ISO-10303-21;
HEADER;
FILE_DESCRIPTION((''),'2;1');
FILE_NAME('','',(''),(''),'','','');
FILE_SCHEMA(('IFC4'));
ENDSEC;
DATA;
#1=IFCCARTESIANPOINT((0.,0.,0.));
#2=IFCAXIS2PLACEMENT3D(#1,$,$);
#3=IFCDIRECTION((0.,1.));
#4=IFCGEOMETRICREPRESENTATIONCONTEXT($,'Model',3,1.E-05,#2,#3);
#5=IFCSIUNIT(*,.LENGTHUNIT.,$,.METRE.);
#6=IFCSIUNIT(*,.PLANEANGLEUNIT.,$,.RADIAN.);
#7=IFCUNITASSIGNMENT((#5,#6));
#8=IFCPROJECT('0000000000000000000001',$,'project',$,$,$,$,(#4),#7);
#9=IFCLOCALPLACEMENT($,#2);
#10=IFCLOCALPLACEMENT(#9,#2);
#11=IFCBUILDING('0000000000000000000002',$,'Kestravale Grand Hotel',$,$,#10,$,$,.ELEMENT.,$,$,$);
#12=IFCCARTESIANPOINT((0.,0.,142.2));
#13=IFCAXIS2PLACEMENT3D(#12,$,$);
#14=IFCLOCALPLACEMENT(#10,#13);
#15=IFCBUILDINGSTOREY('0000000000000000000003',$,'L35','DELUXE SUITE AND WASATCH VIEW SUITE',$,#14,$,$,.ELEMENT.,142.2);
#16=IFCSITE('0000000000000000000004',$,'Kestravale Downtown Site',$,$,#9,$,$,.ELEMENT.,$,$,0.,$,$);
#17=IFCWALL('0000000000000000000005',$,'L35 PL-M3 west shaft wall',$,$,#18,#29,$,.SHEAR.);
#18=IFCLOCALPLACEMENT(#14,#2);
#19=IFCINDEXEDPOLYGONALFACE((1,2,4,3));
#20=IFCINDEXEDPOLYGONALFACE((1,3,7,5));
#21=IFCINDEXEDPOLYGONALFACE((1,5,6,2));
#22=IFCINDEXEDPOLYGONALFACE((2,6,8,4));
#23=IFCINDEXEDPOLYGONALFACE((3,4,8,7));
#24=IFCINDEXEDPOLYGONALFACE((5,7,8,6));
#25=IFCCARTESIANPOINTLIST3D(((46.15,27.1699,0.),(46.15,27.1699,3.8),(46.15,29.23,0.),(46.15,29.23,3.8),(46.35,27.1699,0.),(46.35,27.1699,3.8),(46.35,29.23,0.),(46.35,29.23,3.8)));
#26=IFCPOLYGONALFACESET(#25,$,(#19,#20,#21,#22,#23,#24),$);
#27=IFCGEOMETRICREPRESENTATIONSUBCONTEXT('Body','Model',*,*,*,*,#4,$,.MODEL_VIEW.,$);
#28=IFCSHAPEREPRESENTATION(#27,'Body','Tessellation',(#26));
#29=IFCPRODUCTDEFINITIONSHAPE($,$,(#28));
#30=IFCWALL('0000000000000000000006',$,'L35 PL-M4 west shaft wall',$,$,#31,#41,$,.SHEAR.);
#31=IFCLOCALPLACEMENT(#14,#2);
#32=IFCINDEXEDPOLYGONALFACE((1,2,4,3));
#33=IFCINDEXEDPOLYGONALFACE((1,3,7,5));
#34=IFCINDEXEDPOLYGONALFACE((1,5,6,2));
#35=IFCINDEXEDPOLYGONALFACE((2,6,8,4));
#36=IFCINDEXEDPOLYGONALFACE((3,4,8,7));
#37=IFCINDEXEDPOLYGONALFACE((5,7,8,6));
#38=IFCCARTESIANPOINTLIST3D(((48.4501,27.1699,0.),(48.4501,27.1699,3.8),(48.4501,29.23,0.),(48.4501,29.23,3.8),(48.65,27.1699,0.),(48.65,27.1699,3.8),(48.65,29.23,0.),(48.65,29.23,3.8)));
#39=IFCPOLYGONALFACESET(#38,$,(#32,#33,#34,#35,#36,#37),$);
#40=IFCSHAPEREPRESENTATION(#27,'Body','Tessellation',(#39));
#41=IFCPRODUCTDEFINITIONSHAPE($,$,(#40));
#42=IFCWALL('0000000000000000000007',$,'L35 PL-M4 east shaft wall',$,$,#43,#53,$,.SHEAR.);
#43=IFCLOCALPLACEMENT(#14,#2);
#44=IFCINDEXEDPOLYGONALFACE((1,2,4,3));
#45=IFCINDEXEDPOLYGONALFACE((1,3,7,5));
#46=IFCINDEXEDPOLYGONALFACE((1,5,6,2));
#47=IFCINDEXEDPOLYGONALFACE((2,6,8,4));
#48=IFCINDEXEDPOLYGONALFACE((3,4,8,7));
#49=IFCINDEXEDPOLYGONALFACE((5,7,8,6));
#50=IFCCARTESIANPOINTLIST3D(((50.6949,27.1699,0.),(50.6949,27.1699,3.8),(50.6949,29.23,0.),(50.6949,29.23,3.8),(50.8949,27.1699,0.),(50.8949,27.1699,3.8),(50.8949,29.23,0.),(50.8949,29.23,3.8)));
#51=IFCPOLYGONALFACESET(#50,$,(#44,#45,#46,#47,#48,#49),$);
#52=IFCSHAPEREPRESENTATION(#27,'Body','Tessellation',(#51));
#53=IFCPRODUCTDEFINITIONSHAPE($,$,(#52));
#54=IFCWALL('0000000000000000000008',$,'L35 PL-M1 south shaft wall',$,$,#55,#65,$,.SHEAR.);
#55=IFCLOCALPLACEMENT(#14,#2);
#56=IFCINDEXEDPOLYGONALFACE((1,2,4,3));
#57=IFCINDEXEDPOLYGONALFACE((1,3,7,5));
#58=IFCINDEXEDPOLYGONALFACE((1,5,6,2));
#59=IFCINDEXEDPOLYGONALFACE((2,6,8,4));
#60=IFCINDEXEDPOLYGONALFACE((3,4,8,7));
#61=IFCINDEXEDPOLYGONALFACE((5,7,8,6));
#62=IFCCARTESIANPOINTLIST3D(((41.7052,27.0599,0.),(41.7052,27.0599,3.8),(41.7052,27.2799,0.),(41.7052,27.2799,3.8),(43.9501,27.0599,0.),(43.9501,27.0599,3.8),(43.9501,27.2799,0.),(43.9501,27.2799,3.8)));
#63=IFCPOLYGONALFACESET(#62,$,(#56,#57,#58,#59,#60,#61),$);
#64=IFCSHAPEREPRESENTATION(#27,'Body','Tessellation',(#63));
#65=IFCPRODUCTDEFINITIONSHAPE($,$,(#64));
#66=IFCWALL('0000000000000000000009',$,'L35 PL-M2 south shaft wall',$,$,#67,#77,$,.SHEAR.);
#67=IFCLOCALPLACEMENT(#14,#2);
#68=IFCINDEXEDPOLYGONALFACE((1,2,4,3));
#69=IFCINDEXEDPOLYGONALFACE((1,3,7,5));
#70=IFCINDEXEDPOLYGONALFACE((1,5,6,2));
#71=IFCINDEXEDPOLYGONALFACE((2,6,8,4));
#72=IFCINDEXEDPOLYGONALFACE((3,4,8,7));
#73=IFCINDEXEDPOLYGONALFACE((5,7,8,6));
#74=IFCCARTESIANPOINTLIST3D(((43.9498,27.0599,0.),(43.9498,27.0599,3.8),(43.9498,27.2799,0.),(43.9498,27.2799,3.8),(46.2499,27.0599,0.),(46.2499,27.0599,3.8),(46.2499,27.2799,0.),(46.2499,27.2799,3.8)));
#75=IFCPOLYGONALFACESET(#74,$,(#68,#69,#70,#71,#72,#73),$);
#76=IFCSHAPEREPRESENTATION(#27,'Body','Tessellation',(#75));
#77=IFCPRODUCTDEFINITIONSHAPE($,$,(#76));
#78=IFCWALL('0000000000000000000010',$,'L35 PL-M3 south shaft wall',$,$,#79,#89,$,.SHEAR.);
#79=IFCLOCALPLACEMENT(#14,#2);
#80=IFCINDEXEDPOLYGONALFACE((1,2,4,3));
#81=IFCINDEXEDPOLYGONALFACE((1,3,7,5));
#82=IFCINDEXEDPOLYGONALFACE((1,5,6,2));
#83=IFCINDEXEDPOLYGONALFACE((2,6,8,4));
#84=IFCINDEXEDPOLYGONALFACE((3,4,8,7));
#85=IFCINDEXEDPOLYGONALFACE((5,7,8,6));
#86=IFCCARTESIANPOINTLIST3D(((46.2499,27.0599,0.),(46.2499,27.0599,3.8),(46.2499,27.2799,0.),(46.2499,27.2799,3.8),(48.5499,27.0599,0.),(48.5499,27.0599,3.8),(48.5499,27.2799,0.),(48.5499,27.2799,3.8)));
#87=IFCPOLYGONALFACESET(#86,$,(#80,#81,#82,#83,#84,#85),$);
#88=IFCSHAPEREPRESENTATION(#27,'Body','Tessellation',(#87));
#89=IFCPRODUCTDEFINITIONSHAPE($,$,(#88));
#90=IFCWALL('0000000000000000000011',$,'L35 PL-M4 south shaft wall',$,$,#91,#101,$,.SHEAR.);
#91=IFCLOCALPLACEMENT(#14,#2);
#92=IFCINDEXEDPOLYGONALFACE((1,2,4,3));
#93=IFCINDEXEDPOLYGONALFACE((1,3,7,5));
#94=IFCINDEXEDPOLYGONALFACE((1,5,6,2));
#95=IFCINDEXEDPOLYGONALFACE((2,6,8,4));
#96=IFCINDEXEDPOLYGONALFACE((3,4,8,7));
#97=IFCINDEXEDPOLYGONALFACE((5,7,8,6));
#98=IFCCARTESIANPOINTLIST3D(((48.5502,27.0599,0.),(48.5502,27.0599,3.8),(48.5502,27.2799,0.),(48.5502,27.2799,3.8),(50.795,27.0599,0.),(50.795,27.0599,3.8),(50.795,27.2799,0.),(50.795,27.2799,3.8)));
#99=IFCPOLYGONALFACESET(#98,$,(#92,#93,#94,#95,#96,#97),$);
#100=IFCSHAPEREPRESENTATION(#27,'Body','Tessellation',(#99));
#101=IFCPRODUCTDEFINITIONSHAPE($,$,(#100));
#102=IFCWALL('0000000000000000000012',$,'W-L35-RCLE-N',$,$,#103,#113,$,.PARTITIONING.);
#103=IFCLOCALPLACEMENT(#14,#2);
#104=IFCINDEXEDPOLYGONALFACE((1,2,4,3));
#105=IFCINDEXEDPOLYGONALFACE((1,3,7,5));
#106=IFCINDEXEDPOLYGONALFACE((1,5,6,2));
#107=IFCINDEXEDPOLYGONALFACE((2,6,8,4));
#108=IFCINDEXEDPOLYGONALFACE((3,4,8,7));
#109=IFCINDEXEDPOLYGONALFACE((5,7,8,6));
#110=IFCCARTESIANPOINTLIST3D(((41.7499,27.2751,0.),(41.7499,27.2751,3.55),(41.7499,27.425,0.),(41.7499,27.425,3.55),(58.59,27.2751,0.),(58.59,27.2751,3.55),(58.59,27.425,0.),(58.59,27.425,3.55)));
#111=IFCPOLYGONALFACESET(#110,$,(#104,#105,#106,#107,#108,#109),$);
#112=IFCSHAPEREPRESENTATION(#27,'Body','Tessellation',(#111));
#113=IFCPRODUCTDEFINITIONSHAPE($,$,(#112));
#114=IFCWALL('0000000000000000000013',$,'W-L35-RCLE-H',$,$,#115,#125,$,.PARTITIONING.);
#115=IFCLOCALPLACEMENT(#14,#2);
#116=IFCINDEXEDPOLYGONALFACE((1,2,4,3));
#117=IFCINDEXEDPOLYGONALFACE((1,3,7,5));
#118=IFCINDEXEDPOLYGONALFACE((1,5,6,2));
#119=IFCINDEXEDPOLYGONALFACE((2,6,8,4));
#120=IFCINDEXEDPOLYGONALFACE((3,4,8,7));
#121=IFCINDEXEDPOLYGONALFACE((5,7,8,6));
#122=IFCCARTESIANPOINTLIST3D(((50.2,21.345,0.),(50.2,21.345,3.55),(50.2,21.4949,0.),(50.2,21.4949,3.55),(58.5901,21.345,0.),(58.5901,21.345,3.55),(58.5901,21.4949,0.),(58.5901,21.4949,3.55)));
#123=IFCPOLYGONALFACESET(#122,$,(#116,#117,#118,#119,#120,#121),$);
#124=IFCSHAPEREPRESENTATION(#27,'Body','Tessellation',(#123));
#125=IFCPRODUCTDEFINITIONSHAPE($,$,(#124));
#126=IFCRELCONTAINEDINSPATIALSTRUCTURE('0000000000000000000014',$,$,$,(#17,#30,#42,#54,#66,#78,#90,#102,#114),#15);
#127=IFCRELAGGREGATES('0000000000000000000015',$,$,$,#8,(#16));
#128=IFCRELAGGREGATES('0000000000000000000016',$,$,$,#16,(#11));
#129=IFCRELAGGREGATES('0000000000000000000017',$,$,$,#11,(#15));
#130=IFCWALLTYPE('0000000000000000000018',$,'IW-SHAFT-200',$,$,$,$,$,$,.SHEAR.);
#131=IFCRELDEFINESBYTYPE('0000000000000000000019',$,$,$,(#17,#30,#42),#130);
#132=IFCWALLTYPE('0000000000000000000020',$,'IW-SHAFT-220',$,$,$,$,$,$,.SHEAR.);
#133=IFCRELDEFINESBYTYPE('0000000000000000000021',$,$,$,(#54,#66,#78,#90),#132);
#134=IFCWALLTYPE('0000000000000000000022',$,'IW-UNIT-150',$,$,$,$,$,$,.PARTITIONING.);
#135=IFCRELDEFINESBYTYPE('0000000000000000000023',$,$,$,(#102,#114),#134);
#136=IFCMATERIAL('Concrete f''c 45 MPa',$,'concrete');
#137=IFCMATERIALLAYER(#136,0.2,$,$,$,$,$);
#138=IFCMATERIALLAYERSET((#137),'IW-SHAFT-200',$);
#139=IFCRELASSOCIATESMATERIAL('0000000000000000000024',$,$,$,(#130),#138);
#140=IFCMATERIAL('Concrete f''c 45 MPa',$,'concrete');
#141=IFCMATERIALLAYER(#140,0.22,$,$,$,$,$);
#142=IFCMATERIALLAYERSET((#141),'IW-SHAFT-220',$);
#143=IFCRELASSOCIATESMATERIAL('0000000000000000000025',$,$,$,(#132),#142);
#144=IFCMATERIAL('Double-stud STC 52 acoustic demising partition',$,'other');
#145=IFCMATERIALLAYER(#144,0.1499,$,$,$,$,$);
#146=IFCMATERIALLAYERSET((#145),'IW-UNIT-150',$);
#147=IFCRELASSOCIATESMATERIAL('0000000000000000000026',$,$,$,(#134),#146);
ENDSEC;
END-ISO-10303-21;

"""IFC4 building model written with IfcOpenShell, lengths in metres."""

from ifc_helpers import new_model, si_unit, direction, frame, frame_2d, origin, place, context, subcontext, project, spatial, rectangle, extrude, material, layer, layer_set, type_object, element, save


model = new_model("IFC4")

# Units and contexts
model_context = context("Model", 3, precision=1e-05, world=origin(), true_north=direction((0.0, 1.0)))
body_context = subcontext(model_context, "Body", "Model", "MODEL_VIEW")
ifc_project = project(units=[si_unit("LENGTHUNIT", "METRE"), si_unit("PLANEANGLEUNIT", "RADIAN")], contexts=[model_context])

# Site, building, storey
site_placement = place(None, origin())
site = spatial("IfcSite", under=ifc_project, at=site_placement, Name="Kestravale Downtown Site", CompositionType="ELEMENT", RefElevation=0.0)
building_placement = place(site_placement, origin())
building = spatial("IfcBuilding", under=site, at=building_placement, Name="Kestravale Grand Hotel", CompositionType="ELEMENT")
storey_placement = place(building_placement, frame((0.0, 0.0, 142.2)))
storey = spatial("IfcBuildingStorey", under=building, at=storey_placement, Name="L35", Description="DELUXE SUITE AND WASATCH VIEW SUITE", CompositionType="ELEMENT", Elevation=142.2)

# Walls
ifc_material_1 = material(Name="Concrete f'c 45 MPa", Category="concrete")
ifc_layer_1 = layer(ifc_material_1, 0.2)
ifc_layer_set_1 = layer_set([ifc_layer_1], Name="IW-SHAFT-200")
wall_type_1 = type_object("IfcWallType", Name="IW-SHAFT-200", PredefinedType="SHEAR", material=ifc_layer_set_1)
for number, where, z_axis, x_axis, name in (
    (1, (46.25, 27.1699, 0.0), (0.0, 0.0, 1.0), (0.0, 1.0, 0.0), "L35 PL-M3 west shaft wall"),
    (2, (48.55, 27.1699, 0.0), (0.0, 0.0, 1.0), (0.0, 1.0, 0.0), "L35 PL-M4 west shaft wall"),
    (3, (50.7949, 27.1699, 0.0), (0.0, 0.0, 1.0), (0.0, 1.0, 0.0), "L35 PL-M4 east shaft wall"),
):
    element("IfcWall", number, at=place(storey_placement, frame(where, z_axis=z_axis, x_axis=x_axis)), inside=storey, type_object=wall_type_1, Name=name, PredefinedType="SHEAR", context=body_context, shape_type="SweptSolid", body=[
        extrude(rectangle(XDim=2.0601, YDim=0.2, at=frame_2d((1.03, 0.0))), origin(), (0.0, 0.0, 1.0), 3.8),
    ])

# Shared definitions
ifc_material_2 = material(Name="Concrete f'c 45 MPa", Category="concrete")
ifc_layer_2 = layer(ifc_material_2, 0.22)
ifc_layer_set_2 = layer_set([ifc_layer_2], Name="IW-SHAFT-220")
wall_type_2 = type_object("IfcWallType", Name="IW-SHAFT-220", PredefinedType="SHEAR", material=ifc_layer_set_2)

# Wall
wall_1_placement = place(storey_placement, frame((41.7051, 27.1699, 0.0), z_axis=(0.0, 0.0, 1.0), x_axis=(1.0, 0.0, 0.0)))
element("IfcWall", 4, at=wall_1_placement, inside=storey, type_object=wall_type_2, Name="L35 PL-M1 south shaft wall", PredefinedType="SHEAR", context=body_context, shape_type="SweptSolid", body=[
    extrude(rectangle(XDim=2.2449, YDim=0.22, at=frame_2d((1.1226, 0.0))), origin(), (0.0, 0.0, 1.0), 3.8),
])

# Wall
wall_2_placement = place(storey_placement, frame((43.95, 27.1699, 0.0), z_axis=(0.0, 0.0, 1.0), x_axis=(1.0, 0.0, 0.0)))
element("IfcWall", 5, at=wall_2_placement, inside=storey, type_object=wall_type_2, Name="L35 PL-M2 south shaft wall", PredefinedType="SHEAR", context=body_context, shape_type="SweptSolid", body=[
    extrude(rectangle(XDim=2.3, YDim=0.22, at=frame_2d((1.1499, 0.0))), origin(), (0.0, 0.0, 1.0), 3.8),
])

# Wall
wall_3_placement = place(storey_placement, frame((46.25, 27.1699, 0.0), z_axis=(0.0, 0.0, 1.0), x_axis=(1.0, 0.0, 0.0)))
element("IfcWall", 6, at=wall_3_placement, inside=storey, type_object=wall_type_2, Name="L35 PL-M3 south shaft wall", PredefinedType="SHEAR", context=body_context, shape_type="SweptSolid", body=[
    extrude(rectangle(XDim=2.3, YDim=0.22, at=frame_2d((1.1499, 0.0))), origin(), (0.0, 0.0, 1.0), 3.8),
])

# Walls
wall_4_placement = place(storey_placement, frame((48.55, 27.1699, 0.0), z_axis=(0.0, 0.0, 1.0), x_axis=(1.0, 0.0, 0.0)))
element("IfcWall", 7, at=wall_4_placement, inside=storey, type_object=wall_type_2, Name="L35 PL-M4 south shaft wall", PredefinedType="SHEAR", context=body_context, shape_type="SweptSolid", body=[
    extrude(rectangle(XDim=2.2449, YDim=0.22, at=frame_2d((1.1226, 0.0))), origin(), (0.0, 0.0, 1.0), 3.8),
])
ifc_material_3 = material(Name="Double-stud STC 52 acoustic demising partition", Category="other")
ifc_layer_3 = layer(ifc_material_3, 0.1499)
ifc_layer_set_3 = layer_set([ifc_layer_3], Name="IW-UNIT-150")
wall_type_3 = type_object("IfcWallType", Name="IW-UNIT-150", PredefinedType="PARTITIONING", material=ifc_layer_set_3)
wall_5_placement = place(storey_placement, frame((41.75, 27.3501, 0.0), z_axis=(0.0, 0.0, 1.0), x_axis=(1.0, 0.0, 0.0)))
element("IfcWall", 8, at=wall_5_placement, inside=storey, type_object=wall_type_3, Name="W-L35-RCLE-N", PredefinedType="PARTITIONING", context=body_context, shape_type="SweptSolid", body=[
    extrude(rectangle(XDim=16.8401, YDim=0.1499, at=frame_2d((8.4199, 0.0))), origin(), (0.0, 0.0, 1.0), 3.55),
])
wall_6_placement = place(storey_placement, frame((50.2, 21.4199, 0.0), z_axis=(0.0, 0.0, 1.0), x_axis=(1.0, 0.0, 0.0)))
element("IfcWall", 9, at=wall_6_placement, inside=storey, type_object=wall_type_3, Name="W-L35-RCLE-H", PredefinedType="PARTITIONING", context=body_context, shape_type="SweptSolid", body=[
    extrude(rectangle(XDim=8.3901, YDim=0.1499, at=frame_2d((4.1951, 0.0))), origin(), (0.0, 0.0, 1.0), 3.55),
])

save(model, "model.ifc")
